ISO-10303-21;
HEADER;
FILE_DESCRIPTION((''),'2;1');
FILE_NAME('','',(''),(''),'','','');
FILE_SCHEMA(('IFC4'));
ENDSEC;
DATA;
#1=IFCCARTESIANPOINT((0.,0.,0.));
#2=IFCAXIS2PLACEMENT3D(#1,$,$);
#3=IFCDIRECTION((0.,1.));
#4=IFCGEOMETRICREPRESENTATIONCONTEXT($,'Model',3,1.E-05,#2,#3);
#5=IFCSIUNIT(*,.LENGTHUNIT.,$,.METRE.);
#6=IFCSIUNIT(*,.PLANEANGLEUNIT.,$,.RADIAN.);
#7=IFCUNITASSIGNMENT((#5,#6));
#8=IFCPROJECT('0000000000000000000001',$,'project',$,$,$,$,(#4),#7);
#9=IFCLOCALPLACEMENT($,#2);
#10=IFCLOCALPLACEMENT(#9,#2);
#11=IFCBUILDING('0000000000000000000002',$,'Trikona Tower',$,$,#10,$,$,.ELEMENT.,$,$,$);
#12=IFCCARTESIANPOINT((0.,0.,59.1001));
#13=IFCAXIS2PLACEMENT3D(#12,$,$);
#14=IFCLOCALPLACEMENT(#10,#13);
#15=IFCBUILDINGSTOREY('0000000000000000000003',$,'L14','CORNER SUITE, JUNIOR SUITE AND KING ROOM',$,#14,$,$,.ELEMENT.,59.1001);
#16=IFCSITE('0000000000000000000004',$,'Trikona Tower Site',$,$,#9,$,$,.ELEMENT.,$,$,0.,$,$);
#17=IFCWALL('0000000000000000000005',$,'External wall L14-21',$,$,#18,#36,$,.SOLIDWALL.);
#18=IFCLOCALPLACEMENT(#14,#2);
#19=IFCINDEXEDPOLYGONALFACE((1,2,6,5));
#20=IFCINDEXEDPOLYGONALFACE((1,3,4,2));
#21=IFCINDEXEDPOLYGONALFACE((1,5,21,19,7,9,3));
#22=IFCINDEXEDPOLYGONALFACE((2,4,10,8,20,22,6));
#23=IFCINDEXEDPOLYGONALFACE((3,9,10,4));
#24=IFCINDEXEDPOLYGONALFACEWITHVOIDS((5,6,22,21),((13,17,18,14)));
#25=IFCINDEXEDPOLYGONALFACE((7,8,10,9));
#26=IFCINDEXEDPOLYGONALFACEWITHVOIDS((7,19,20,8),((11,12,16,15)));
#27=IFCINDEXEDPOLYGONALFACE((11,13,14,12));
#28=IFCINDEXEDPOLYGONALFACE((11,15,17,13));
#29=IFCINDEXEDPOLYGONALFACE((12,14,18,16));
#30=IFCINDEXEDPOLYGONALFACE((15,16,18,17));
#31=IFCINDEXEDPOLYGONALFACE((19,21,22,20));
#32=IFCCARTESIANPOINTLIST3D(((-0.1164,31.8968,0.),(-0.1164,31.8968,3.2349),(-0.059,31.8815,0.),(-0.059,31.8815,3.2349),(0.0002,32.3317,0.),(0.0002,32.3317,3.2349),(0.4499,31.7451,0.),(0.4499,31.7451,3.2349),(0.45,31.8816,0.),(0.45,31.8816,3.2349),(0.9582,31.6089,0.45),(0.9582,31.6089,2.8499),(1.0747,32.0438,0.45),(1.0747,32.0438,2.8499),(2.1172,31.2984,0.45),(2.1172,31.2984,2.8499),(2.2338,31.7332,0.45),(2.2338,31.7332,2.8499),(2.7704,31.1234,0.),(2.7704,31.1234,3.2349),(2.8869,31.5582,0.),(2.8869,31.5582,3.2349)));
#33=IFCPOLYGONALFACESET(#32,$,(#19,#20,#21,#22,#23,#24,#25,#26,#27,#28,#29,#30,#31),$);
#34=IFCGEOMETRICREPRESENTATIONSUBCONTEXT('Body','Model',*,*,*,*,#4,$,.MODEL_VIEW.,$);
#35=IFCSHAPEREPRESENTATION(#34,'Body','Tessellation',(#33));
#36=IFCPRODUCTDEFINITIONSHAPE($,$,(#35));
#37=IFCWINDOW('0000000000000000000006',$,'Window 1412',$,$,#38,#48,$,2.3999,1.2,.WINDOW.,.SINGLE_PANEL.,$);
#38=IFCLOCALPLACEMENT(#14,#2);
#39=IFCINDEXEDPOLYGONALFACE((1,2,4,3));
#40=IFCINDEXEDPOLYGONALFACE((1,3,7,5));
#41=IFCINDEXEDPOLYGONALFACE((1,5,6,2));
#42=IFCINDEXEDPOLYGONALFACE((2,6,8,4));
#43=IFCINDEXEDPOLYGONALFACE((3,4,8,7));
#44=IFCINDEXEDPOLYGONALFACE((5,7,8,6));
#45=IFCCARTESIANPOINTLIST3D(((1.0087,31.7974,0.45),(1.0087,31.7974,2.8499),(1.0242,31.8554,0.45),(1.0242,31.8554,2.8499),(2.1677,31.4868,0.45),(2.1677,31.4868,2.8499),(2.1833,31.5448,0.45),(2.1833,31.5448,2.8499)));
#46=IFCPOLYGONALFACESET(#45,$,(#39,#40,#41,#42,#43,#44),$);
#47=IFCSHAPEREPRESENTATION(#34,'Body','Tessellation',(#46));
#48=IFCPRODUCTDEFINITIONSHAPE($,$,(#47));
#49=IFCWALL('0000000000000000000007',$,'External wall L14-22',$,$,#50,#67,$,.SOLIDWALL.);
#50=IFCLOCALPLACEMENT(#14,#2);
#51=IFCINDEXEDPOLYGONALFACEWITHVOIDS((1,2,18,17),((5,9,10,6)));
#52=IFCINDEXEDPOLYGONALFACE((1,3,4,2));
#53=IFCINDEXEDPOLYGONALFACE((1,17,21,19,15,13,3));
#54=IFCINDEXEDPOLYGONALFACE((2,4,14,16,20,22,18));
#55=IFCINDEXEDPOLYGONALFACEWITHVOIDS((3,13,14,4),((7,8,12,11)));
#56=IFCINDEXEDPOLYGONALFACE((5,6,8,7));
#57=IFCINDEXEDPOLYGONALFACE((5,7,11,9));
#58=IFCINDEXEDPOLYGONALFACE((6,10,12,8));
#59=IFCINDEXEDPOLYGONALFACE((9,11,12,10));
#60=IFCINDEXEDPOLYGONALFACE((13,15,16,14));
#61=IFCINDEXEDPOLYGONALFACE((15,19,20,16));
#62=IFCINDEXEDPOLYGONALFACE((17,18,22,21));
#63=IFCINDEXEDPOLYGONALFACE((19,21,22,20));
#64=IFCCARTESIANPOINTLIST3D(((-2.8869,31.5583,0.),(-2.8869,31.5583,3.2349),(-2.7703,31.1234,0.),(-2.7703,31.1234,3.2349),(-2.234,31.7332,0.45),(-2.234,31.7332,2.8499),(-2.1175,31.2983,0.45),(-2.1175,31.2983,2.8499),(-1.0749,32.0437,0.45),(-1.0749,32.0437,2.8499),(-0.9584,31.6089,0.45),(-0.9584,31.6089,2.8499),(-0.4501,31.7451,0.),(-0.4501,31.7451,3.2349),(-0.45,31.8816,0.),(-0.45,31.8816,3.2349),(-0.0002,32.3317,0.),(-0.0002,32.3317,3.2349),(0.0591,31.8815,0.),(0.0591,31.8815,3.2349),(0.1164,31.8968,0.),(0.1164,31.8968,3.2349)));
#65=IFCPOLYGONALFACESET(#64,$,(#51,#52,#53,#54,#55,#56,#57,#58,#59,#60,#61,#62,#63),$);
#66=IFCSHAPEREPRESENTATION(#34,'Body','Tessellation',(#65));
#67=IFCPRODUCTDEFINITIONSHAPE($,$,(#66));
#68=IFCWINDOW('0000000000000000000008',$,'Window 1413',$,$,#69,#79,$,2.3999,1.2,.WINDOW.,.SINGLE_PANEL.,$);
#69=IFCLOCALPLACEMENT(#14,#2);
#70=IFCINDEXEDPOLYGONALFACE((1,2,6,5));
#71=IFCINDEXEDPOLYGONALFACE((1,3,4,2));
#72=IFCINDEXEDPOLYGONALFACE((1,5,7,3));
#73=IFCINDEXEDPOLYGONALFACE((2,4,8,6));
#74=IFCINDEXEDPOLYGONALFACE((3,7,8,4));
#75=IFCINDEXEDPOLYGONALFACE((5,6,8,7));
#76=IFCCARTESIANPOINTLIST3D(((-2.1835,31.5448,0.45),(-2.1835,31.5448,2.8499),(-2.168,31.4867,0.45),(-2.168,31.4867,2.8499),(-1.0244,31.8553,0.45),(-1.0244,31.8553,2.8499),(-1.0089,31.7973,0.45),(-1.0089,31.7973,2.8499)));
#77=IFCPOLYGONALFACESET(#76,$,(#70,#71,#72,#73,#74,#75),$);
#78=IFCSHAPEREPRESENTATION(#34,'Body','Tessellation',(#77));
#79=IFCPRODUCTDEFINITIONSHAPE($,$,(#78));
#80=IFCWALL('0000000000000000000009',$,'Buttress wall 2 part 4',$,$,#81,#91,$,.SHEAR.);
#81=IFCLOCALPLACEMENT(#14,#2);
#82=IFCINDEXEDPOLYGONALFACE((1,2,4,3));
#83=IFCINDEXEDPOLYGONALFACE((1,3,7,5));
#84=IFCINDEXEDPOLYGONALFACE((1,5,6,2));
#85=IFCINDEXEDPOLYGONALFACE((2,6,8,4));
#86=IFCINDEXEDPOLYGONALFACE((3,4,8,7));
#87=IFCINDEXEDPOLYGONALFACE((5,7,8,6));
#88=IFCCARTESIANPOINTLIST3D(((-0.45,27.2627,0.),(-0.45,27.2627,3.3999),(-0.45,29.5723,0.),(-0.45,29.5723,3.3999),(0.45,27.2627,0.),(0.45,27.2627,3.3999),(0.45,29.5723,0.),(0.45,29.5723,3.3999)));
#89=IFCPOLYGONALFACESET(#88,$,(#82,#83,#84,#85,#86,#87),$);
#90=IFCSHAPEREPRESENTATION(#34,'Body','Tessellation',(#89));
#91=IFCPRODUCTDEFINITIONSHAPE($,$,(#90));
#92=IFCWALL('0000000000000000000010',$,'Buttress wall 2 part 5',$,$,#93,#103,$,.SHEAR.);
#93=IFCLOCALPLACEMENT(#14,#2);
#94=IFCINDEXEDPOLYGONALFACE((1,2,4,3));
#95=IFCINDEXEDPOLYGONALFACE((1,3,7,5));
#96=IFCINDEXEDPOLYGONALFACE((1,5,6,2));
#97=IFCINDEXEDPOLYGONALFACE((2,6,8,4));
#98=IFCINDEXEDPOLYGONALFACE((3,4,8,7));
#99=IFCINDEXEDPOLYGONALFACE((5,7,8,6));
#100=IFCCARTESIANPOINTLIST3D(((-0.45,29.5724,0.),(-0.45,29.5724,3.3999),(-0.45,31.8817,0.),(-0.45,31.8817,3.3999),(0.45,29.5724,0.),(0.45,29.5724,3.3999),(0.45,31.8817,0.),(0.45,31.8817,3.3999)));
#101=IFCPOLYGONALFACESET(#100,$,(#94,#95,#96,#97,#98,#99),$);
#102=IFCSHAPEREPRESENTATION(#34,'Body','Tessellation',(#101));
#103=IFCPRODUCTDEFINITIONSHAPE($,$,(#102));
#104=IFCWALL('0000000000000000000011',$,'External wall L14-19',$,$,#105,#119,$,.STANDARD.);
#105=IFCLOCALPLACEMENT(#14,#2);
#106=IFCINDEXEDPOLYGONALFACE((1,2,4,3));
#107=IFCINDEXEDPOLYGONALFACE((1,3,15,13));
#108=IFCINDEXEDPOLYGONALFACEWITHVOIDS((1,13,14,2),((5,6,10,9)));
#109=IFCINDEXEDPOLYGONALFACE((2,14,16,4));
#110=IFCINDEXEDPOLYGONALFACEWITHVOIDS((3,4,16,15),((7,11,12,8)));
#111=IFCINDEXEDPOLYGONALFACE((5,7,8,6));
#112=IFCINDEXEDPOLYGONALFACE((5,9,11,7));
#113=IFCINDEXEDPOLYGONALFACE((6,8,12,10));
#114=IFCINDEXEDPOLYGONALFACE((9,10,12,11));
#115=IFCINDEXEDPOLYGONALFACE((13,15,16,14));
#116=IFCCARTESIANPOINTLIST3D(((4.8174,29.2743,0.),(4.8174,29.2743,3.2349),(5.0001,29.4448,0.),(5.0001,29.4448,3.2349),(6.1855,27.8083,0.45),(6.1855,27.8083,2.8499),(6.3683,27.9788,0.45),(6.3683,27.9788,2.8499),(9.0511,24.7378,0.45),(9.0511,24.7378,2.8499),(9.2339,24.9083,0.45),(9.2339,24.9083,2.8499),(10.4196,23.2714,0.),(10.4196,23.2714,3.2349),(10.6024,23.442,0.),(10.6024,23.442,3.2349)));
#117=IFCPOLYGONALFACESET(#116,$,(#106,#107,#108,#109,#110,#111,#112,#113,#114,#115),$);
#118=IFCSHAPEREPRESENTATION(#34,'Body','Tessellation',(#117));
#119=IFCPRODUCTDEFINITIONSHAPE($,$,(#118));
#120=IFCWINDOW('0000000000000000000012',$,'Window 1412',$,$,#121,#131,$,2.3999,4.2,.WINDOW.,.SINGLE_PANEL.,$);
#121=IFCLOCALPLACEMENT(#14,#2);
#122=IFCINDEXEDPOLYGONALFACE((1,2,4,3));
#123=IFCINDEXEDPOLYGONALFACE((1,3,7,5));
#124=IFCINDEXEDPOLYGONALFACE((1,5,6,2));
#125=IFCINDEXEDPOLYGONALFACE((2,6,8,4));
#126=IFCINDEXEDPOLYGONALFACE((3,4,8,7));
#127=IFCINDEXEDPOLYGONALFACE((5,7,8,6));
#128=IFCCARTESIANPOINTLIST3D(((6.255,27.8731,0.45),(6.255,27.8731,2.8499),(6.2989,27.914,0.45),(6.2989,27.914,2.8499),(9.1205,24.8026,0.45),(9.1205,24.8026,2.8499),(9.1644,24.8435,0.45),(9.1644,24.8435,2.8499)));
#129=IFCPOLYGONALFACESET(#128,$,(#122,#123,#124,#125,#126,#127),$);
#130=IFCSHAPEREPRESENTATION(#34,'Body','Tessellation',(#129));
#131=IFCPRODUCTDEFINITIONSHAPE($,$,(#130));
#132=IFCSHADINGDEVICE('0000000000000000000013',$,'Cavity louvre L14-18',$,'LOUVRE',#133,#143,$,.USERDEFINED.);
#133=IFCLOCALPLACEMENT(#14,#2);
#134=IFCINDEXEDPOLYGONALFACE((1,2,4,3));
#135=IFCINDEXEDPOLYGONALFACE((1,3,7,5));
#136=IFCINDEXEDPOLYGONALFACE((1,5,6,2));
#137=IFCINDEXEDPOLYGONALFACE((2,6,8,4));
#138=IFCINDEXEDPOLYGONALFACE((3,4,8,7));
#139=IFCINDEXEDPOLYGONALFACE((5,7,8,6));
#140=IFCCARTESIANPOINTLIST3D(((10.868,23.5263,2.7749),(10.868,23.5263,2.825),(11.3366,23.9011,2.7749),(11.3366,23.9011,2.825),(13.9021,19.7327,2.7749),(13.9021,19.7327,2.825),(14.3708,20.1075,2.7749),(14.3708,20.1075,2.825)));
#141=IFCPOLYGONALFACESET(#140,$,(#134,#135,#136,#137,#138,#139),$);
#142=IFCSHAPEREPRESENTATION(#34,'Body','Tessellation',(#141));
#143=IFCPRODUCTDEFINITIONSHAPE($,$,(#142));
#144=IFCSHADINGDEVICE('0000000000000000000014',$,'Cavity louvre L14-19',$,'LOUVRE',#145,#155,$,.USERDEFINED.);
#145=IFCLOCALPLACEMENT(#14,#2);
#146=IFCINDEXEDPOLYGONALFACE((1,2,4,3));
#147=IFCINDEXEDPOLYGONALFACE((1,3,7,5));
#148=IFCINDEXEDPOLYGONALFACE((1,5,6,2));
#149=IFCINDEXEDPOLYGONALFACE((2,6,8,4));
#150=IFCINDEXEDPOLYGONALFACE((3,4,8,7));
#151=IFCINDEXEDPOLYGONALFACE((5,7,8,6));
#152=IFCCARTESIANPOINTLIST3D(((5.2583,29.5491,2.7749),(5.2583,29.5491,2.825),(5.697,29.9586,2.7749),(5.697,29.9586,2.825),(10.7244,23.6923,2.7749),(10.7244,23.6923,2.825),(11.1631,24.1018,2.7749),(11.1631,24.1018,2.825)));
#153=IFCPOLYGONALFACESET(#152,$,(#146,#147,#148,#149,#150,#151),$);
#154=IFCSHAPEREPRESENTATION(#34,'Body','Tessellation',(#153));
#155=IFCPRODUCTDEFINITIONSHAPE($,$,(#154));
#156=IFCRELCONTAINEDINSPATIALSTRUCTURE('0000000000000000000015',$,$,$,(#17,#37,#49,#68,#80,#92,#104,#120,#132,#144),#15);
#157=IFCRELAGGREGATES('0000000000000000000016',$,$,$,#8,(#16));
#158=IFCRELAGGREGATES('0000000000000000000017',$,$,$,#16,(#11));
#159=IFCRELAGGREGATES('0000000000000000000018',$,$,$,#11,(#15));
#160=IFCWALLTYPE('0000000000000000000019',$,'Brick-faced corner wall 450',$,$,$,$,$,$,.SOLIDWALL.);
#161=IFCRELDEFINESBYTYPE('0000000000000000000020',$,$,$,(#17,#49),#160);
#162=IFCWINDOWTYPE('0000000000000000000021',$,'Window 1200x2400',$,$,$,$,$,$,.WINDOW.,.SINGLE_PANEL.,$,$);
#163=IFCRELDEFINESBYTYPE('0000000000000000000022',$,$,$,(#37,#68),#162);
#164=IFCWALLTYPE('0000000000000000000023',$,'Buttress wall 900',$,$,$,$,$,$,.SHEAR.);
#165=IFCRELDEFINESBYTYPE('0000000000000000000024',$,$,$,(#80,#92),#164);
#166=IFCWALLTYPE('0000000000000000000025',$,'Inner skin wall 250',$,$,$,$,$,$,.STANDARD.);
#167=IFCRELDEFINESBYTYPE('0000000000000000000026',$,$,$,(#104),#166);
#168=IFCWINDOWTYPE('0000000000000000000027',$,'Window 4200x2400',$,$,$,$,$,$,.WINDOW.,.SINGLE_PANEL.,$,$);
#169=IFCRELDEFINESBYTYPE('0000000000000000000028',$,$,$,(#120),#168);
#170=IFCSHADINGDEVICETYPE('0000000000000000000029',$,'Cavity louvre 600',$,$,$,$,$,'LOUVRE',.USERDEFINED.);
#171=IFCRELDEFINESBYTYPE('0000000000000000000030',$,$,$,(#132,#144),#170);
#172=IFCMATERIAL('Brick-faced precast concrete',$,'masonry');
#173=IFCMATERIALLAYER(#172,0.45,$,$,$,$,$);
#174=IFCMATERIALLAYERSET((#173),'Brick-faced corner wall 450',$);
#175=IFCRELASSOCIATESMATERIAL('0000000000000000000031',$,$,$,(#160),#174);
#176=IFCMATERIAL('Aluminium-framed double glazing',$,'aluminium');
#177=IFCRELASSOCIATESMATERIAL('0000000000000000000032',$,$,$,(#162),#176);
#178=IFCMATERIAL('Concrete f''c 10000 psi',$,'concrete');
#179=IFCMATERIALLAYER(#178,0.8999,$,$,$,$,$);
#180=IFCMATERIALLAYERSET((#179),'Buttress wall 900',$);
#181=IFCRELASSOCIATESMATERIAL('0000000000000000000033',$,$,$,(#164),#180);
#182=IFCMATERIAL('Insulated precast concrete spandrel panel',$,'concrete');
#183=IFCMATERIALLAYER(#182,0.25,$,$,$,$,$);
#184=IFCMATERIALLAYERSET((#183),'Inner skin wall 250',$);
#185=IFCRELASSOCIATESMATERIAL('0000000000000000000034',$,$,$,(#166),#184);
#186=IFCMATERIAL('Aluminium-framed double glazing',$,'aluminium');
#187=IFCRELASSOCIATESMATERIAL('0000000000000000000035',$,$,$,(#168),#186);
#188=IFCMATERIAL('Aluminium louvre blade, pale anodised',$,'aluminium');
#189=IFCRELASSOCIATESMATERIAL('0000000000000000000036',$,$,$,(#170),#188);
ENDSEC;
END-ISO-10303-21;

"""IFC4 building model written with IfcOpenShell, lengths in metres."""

from ifc_helpers import new_model, si_unit, direction, frame, frame_2d, origin, origin_2d, place, context, subcontext, project, spatial, polyline, rectangle, outline, extrude, material, layer, layer_set, type_object, element, fill, save


model = new_model("IFC4")

# Units and contexts
model_context = context("Model", 3, precision=1e-05, world=origin(), true_north=direction((0.0, 1.0)))
body_context = subcontext(model_context, "Body", "Model", "MODEL_VIEW")
ifc_project = project(units=[si_unit("LENGTHUNIT", "METRE"), si_unit("PLANEANGLEUNIT", "RADIAN")], contexts=[model_context])

# Site, building, storey
site_placement = place(None, origin())
site = spatial("IfcSite", under=ifc_project, at=site_placement, Name="Trikona Tower Site", CompositionType="ELEMENT", RefElevation=0.0)
building_placement = place(site_placement, origin())
building = spatial("IfcBuilding", under=site, at=building_placement, Name="Trikona Tower", CompositionType="ELEMENT")
storey_placement = place(building_placement, frame((0.0, 0.0, 59.1001)))
storey = spatial("IfcBuildingStorey", under=building, at=storey_placement, Name="L14", Description="CORNER SUITE, JUNIOR SUITE AND KING ROOM", CompositionType="ELEMENT", Elevation=59.1001)

# Walls, openings, windows
ifc_material_1 = material(Name="Brick-faced precast concrete", Category="masonry")
ifc_layer_1 = layer(ifc_material_1, 0.45)
ifc_layer_set_1 = layer_set([ifc_layer_1], Name="Brick-faced corner wall 450")
wall_type_1 = type_object("IfcWallType", Name="Brick-faced corner wall 450", PredefinedType="SOLIDWALL", material=ifc_layer_set_1)
wall_1_placement = place(storey_placement, frame((2.8286, 31.3408, 0.0), z_axis=(0.0, 0.0, 1.0), x_axis=(-0.965931, 0.258801, 0.0)))
wall_1 = element("IfcWall", 1, at=wall_1_placement, inside=storey, type_object=wall_type_1, Name="External wall L14-21", PredefinedType="SOLIDWALL", context=body_context, shape_type="SweptSolid", body=[
    extrude(outline(polyline([(2.9885, 0.2251), (2.9292, 0.2251), (2.4375, 0.0933), (2.4023, 0.2251), (0.0, 0.2251), (0.0, -0.2251), (2.9885, -0.2251), (2.9885, 0.2251)])), origin(), (0.0, 0.0, 1.0), 3.2349),
])
opening_1_placement = place(wall_1_placement, frame((0.676, 0.0, 0.45)))
opening_1 = element("IfcOpeningElement", 2, at=opening_1_placement, cuts=wall_1, PredefinedType="OPENING", context=body_context, shape_type="SweptSolid", body=[
    extrude(rectangle(XDim=1.2, YDim=2.3999, at=frame_2d((0.6001, 1.2))), frame((0.0, 0.2349, 0.0), z_axis=(0.0, -1.0, 0.0), x_axis=(1.0, 0.0, 0.0)), (0.0, 0.0, 1.0), 0.47),
])
ifc_material_2 = material(Name="Aluminium-framed double glazing", Category="aluminium")
window_type_1 = type_object("IfcWindowType", Name="Window 1200x2400", PartitioningType="SINGLE_PANEL", PredefinedType="WINDOW", material=ifc_material_2)
window_1_placement = place(opening_1_placement, origin())
window_1 = element("IfcWindow", 3, at=window_1_placement, inside=storey, type_object=window_type_1, Name="Window 1412", OverallHeight=2.3999, OverallWidth=1.2, PartitioningType="SINGLE_PANEL", PredefinedType="WINDOW", context=body_context, shape_type="SweptSolid", body=[
    extrude(rectangle(XDim=1.2, YDim=2.3999, at=frame_2d((0.6001, 1.2))), frame((0.0, 0.03, 0.0), z_axis=(0.0, -1.0, 0.0), x_axis=(1.0, 0.0, 0.0)), (0.0, 0.0, 1.0), 0.0601),
])
fill(opening_1, window_1)
wall_2_placement = place(storey_placement, frame((0.0581, 32.1143, 0.0), z_axis=(0.0, 0.0, 1.0), x_axis=(-0.965931, -0.258801, 0.0)))
wall_2 = element("IfcWall", 4, at=wall_2_placement, inside=storey, type_object=wall_type_1, Name="External wall L14-22", PredefinedType="SOLIDWALL", context=body_context, shape_type="SweptSolid", body=[
    extrude(outline(polyline([(2.9885, 0.2251), (0.5864, 0.2251), (0.551, 0.0933), (0.0593, 0.2251), (0.0, 0.2251), (0.0, -0.2251), (2.9885, -0.2251), (2.9885, 0.2251)])), origin(), (0.0, 0.0, 1.0), 3.2349),
])
opening_2_placement = place(wall_2_placement, frame((1.1125, 0.0, 0.45)))
opening_2 = element("IfcOpeningElement", 5, at=opening_2_placement, cuts=wall_2, PredefinedType="OPENING", context=body_context, shape_type="SweptSolid", body=[
    extrude(rectangle(XDim=1.2, YDim=2.3999, at=frame_2d((0.6001, 1.2))), frame((0.0, 0.2349, 0.0), z_axis=(0.0, -1.0, 0.0), x_axis=(1.0, 0.0, 0.0)), (0.0, 0.0, 1.0), 0.47),
])
window_2_placement = place(opening_2_placement, origin())
window_2 = element("IfcWindow", 6, at=window_2_placement, inside=storey, type_object=window_type_1, Name="Window 1413", OverallHeight=2.3999, OverallWidth=1.2, PartitioningType="SINGLE_PANEL", PredefinedType="WINDOW", context=body_context, shape_type="SweptSolid", body=[
    extrude(rectangle(XDim=1.2, YDim=2.3999, at=frame_2d((0.6001, 1.2))), frame((0.0, 0.03, 0.0), z_axis=(0.0, -1.0, 0.0), x_axis=(1.0, 0.0, 0.0)), (0.0, 0.0, 1.0), 0.0601),
])
fill(opening_2, window_2)

# Walls
ifc_material_3 = material(Name="Concrete f'c 10000 psi", Category="concrete")
ifc_layer_2 = layer(ifc_material_3, 0.8999)
ifc_layer_set_2 = layer_set([ifc_layer_2], Name="Buttress wall 900")
wall_type_2 = type_object("IfcWallType", Name="Buttress wall 900", PredefinedType="SHEAR", material=ifc_layer_set_2)
wall_3_placement = place(storey_placement, frame((0.0, 27.2627, 0.0), z_axis=(0.0, 0.0, 1.0), x_axis=(0.0, 1.0, 0.0)))
element("IfcWall", 7, at=wall_3_placement, inside=storey, type_object=wall_type_2, Name="Buttress wall 2 part 4", PredefinedType="SHEAR", context=body_context, shape_type="SweptSolid", body=[
    extrude(rectangle(XDim=2.3096, YDim=0.8999, at=frame_2d((1.1548, 0.0))), origin(), (0.0, 0.0, 1.0), 3.3999),
])
wall_4_placement = place(storey_placement, frame((0.0, 29.5723, 0.0), z_axis=(0.0, 0.0, 1.0), x_axis=(0.0, 1.0, 0.0)))
element("IfcWall", 8, at=wall_4_placement, inside=storey, type_object=wall_type_2, Name="Buttress wall 2 part 5", PredefinedType="SHEAR", context=body_context, shape_type="SweptSolid", body=[
    extrude(rectangle(XDim=2.3093, YDim=0.8999, at=frame_2d((1.1548, 0.0))), origin(), (0.0, 0.0, 1.0), 3.3999),
])

# Wall, opening, window
ifc_material_4 = material(Name="Insulated precast concrete spandrel panel", Category="concrete")
ifc_layer_3 = layer(ifc_material_4, 0.25)
ifc_layer_set_3 = layer_set([ifc_layer_3], Name="Inner skin wall 250")
wall_type_3 = type_object("IfcWallType", Name="Inner skin wall 250", PredefinedType="STANDARD", material=ifc_layer_set_3)
wall_5_placement = place(storey_placement, frame((10.511, 23.3567, 0.0), z_axis=(0.0, 0.0, 1.0), x_axis=(-0.68229, 0.731082, 0.0)))
wall_5 = element("IfcWall", 9, at=wall_5_placement, inside=storey, type_object=wall_type_3, Name="External wall L14-19", PredefinedType="STANDARD", context=body_context, shape_type="SweptSolid", body=[
    extrude(rectangle(XDim=8.2109, YDim=0.25, at=frame_2d((4.1055, 0.0))), origin(), (0.0, 0.0, 1.0), 3.2349),
])
opening_3_placement = place(wall_5_placement, frame((2.0056, 0.0, 0.45)))
opening_3 = element("IfcOpeningElement", 10, at=opening_3_placement, cuts=wall_5, PredefinedType="OPENING", context=body_context, shape_type="SweptSolid", body=[
    extrude(rectangle(XDim=4.2, YDim=2.3999, at=frame_2d((2.1001, 1.2))), frame((0.0, 0.135, 0.0), z_axis=(0.0, -1.0, 0.0), x_axis=(1.0, 0.0, 0.0)), (0.0, 0.0, 1.0), 0.27),
])
ifc_material_5 = material(Name="Aluminium-framed double glazing", Category="aluminium")
window_type_2 = type_object("IfcWindowType", Name="Window 4200x2400", PartitioningType="SINGLE_PANEL", PredefinedType="WINDOW", material=ifc_material_5)
window_3_placement = place(opening_3_placement, origin())
window_3 = element("IfcWindow", 11, at=window_3_placement, inside=storey, type_object=window_type_2, Name="Window 1412", OverallHeight=2.3999, OverallWidth=4.2, PartitioningType="SINGLE_PANEL", PredefinedType="WINDOW", context=body_context, shape_type="SweptSolid", body=[
    extrude(rectangle(XDim=4.2, YDim=2.3999, at=frame_2d((2.1001, 1.2))), frame((0.0, 0.03, 0.0), z_axis=(0.0, -1.0, 0.0), x_axis=(1.0, 0.0, 0.0)), (0.0, 0.0, 1.0), 0.0601),
])
fill(opening_3, window_3)

# Shading devices
ifc_material_6 = material(Name="Aluminium louvre blade, pale anodised", Category="aluminium")
shading_device_type = type_object("IfcShadingDeviceType", Name="Cavity louvre 600", ElementType="LOUVRE", PredefinedType="USERDEFINED", material=ifc_material_6)
shading_device_1_placement = place(storey_placement, frame((12.6194, 21.8169, 2.7749), z_axis=(0.0, 0.0, 1.0), x_axis=(-0.624604, 0.780942, 0.0)))
element("IfcShadingDevice", 12, at=shading_device_1_placement, inside=storey, type_object=shading_device_type, Name="Cavity louvre L14-18", ObjectType="LOUVRE", PredefinedType="USERDEFINED", context=body_context, shape_type="SweptSolid", body=[
    extrude(rectangle(XDim=4.8577, YDim=0.6001, at=origin_2d()), origin(), (0.0, 0.0, 1.0), 0.05),
])
shading_device_2_placement = place(storey_placement, frame((8.2107, 26.8254, 2.7749), z_axis=(0.0, 0.0, 1.0), x_axis=(-0.682298, 0.731074, 0.0)))
element("IfcShadingDevice", 13, at=shading_device_2_placement, inside=storey, type_object=shading_device_type, Name="Cavity louvre L14-19", ObjectType="LOUVRE", PredefinedType="USERDEFINED", context=body_context, shape_type="SweptSolid", body=[
    extrude(rectangle(XDim=8.0112, YDim=0.6001, at=origin_2d()), origin(), (0.0, 0.0, 1.0), 0.05),
])

save(model, "model.ifc")
